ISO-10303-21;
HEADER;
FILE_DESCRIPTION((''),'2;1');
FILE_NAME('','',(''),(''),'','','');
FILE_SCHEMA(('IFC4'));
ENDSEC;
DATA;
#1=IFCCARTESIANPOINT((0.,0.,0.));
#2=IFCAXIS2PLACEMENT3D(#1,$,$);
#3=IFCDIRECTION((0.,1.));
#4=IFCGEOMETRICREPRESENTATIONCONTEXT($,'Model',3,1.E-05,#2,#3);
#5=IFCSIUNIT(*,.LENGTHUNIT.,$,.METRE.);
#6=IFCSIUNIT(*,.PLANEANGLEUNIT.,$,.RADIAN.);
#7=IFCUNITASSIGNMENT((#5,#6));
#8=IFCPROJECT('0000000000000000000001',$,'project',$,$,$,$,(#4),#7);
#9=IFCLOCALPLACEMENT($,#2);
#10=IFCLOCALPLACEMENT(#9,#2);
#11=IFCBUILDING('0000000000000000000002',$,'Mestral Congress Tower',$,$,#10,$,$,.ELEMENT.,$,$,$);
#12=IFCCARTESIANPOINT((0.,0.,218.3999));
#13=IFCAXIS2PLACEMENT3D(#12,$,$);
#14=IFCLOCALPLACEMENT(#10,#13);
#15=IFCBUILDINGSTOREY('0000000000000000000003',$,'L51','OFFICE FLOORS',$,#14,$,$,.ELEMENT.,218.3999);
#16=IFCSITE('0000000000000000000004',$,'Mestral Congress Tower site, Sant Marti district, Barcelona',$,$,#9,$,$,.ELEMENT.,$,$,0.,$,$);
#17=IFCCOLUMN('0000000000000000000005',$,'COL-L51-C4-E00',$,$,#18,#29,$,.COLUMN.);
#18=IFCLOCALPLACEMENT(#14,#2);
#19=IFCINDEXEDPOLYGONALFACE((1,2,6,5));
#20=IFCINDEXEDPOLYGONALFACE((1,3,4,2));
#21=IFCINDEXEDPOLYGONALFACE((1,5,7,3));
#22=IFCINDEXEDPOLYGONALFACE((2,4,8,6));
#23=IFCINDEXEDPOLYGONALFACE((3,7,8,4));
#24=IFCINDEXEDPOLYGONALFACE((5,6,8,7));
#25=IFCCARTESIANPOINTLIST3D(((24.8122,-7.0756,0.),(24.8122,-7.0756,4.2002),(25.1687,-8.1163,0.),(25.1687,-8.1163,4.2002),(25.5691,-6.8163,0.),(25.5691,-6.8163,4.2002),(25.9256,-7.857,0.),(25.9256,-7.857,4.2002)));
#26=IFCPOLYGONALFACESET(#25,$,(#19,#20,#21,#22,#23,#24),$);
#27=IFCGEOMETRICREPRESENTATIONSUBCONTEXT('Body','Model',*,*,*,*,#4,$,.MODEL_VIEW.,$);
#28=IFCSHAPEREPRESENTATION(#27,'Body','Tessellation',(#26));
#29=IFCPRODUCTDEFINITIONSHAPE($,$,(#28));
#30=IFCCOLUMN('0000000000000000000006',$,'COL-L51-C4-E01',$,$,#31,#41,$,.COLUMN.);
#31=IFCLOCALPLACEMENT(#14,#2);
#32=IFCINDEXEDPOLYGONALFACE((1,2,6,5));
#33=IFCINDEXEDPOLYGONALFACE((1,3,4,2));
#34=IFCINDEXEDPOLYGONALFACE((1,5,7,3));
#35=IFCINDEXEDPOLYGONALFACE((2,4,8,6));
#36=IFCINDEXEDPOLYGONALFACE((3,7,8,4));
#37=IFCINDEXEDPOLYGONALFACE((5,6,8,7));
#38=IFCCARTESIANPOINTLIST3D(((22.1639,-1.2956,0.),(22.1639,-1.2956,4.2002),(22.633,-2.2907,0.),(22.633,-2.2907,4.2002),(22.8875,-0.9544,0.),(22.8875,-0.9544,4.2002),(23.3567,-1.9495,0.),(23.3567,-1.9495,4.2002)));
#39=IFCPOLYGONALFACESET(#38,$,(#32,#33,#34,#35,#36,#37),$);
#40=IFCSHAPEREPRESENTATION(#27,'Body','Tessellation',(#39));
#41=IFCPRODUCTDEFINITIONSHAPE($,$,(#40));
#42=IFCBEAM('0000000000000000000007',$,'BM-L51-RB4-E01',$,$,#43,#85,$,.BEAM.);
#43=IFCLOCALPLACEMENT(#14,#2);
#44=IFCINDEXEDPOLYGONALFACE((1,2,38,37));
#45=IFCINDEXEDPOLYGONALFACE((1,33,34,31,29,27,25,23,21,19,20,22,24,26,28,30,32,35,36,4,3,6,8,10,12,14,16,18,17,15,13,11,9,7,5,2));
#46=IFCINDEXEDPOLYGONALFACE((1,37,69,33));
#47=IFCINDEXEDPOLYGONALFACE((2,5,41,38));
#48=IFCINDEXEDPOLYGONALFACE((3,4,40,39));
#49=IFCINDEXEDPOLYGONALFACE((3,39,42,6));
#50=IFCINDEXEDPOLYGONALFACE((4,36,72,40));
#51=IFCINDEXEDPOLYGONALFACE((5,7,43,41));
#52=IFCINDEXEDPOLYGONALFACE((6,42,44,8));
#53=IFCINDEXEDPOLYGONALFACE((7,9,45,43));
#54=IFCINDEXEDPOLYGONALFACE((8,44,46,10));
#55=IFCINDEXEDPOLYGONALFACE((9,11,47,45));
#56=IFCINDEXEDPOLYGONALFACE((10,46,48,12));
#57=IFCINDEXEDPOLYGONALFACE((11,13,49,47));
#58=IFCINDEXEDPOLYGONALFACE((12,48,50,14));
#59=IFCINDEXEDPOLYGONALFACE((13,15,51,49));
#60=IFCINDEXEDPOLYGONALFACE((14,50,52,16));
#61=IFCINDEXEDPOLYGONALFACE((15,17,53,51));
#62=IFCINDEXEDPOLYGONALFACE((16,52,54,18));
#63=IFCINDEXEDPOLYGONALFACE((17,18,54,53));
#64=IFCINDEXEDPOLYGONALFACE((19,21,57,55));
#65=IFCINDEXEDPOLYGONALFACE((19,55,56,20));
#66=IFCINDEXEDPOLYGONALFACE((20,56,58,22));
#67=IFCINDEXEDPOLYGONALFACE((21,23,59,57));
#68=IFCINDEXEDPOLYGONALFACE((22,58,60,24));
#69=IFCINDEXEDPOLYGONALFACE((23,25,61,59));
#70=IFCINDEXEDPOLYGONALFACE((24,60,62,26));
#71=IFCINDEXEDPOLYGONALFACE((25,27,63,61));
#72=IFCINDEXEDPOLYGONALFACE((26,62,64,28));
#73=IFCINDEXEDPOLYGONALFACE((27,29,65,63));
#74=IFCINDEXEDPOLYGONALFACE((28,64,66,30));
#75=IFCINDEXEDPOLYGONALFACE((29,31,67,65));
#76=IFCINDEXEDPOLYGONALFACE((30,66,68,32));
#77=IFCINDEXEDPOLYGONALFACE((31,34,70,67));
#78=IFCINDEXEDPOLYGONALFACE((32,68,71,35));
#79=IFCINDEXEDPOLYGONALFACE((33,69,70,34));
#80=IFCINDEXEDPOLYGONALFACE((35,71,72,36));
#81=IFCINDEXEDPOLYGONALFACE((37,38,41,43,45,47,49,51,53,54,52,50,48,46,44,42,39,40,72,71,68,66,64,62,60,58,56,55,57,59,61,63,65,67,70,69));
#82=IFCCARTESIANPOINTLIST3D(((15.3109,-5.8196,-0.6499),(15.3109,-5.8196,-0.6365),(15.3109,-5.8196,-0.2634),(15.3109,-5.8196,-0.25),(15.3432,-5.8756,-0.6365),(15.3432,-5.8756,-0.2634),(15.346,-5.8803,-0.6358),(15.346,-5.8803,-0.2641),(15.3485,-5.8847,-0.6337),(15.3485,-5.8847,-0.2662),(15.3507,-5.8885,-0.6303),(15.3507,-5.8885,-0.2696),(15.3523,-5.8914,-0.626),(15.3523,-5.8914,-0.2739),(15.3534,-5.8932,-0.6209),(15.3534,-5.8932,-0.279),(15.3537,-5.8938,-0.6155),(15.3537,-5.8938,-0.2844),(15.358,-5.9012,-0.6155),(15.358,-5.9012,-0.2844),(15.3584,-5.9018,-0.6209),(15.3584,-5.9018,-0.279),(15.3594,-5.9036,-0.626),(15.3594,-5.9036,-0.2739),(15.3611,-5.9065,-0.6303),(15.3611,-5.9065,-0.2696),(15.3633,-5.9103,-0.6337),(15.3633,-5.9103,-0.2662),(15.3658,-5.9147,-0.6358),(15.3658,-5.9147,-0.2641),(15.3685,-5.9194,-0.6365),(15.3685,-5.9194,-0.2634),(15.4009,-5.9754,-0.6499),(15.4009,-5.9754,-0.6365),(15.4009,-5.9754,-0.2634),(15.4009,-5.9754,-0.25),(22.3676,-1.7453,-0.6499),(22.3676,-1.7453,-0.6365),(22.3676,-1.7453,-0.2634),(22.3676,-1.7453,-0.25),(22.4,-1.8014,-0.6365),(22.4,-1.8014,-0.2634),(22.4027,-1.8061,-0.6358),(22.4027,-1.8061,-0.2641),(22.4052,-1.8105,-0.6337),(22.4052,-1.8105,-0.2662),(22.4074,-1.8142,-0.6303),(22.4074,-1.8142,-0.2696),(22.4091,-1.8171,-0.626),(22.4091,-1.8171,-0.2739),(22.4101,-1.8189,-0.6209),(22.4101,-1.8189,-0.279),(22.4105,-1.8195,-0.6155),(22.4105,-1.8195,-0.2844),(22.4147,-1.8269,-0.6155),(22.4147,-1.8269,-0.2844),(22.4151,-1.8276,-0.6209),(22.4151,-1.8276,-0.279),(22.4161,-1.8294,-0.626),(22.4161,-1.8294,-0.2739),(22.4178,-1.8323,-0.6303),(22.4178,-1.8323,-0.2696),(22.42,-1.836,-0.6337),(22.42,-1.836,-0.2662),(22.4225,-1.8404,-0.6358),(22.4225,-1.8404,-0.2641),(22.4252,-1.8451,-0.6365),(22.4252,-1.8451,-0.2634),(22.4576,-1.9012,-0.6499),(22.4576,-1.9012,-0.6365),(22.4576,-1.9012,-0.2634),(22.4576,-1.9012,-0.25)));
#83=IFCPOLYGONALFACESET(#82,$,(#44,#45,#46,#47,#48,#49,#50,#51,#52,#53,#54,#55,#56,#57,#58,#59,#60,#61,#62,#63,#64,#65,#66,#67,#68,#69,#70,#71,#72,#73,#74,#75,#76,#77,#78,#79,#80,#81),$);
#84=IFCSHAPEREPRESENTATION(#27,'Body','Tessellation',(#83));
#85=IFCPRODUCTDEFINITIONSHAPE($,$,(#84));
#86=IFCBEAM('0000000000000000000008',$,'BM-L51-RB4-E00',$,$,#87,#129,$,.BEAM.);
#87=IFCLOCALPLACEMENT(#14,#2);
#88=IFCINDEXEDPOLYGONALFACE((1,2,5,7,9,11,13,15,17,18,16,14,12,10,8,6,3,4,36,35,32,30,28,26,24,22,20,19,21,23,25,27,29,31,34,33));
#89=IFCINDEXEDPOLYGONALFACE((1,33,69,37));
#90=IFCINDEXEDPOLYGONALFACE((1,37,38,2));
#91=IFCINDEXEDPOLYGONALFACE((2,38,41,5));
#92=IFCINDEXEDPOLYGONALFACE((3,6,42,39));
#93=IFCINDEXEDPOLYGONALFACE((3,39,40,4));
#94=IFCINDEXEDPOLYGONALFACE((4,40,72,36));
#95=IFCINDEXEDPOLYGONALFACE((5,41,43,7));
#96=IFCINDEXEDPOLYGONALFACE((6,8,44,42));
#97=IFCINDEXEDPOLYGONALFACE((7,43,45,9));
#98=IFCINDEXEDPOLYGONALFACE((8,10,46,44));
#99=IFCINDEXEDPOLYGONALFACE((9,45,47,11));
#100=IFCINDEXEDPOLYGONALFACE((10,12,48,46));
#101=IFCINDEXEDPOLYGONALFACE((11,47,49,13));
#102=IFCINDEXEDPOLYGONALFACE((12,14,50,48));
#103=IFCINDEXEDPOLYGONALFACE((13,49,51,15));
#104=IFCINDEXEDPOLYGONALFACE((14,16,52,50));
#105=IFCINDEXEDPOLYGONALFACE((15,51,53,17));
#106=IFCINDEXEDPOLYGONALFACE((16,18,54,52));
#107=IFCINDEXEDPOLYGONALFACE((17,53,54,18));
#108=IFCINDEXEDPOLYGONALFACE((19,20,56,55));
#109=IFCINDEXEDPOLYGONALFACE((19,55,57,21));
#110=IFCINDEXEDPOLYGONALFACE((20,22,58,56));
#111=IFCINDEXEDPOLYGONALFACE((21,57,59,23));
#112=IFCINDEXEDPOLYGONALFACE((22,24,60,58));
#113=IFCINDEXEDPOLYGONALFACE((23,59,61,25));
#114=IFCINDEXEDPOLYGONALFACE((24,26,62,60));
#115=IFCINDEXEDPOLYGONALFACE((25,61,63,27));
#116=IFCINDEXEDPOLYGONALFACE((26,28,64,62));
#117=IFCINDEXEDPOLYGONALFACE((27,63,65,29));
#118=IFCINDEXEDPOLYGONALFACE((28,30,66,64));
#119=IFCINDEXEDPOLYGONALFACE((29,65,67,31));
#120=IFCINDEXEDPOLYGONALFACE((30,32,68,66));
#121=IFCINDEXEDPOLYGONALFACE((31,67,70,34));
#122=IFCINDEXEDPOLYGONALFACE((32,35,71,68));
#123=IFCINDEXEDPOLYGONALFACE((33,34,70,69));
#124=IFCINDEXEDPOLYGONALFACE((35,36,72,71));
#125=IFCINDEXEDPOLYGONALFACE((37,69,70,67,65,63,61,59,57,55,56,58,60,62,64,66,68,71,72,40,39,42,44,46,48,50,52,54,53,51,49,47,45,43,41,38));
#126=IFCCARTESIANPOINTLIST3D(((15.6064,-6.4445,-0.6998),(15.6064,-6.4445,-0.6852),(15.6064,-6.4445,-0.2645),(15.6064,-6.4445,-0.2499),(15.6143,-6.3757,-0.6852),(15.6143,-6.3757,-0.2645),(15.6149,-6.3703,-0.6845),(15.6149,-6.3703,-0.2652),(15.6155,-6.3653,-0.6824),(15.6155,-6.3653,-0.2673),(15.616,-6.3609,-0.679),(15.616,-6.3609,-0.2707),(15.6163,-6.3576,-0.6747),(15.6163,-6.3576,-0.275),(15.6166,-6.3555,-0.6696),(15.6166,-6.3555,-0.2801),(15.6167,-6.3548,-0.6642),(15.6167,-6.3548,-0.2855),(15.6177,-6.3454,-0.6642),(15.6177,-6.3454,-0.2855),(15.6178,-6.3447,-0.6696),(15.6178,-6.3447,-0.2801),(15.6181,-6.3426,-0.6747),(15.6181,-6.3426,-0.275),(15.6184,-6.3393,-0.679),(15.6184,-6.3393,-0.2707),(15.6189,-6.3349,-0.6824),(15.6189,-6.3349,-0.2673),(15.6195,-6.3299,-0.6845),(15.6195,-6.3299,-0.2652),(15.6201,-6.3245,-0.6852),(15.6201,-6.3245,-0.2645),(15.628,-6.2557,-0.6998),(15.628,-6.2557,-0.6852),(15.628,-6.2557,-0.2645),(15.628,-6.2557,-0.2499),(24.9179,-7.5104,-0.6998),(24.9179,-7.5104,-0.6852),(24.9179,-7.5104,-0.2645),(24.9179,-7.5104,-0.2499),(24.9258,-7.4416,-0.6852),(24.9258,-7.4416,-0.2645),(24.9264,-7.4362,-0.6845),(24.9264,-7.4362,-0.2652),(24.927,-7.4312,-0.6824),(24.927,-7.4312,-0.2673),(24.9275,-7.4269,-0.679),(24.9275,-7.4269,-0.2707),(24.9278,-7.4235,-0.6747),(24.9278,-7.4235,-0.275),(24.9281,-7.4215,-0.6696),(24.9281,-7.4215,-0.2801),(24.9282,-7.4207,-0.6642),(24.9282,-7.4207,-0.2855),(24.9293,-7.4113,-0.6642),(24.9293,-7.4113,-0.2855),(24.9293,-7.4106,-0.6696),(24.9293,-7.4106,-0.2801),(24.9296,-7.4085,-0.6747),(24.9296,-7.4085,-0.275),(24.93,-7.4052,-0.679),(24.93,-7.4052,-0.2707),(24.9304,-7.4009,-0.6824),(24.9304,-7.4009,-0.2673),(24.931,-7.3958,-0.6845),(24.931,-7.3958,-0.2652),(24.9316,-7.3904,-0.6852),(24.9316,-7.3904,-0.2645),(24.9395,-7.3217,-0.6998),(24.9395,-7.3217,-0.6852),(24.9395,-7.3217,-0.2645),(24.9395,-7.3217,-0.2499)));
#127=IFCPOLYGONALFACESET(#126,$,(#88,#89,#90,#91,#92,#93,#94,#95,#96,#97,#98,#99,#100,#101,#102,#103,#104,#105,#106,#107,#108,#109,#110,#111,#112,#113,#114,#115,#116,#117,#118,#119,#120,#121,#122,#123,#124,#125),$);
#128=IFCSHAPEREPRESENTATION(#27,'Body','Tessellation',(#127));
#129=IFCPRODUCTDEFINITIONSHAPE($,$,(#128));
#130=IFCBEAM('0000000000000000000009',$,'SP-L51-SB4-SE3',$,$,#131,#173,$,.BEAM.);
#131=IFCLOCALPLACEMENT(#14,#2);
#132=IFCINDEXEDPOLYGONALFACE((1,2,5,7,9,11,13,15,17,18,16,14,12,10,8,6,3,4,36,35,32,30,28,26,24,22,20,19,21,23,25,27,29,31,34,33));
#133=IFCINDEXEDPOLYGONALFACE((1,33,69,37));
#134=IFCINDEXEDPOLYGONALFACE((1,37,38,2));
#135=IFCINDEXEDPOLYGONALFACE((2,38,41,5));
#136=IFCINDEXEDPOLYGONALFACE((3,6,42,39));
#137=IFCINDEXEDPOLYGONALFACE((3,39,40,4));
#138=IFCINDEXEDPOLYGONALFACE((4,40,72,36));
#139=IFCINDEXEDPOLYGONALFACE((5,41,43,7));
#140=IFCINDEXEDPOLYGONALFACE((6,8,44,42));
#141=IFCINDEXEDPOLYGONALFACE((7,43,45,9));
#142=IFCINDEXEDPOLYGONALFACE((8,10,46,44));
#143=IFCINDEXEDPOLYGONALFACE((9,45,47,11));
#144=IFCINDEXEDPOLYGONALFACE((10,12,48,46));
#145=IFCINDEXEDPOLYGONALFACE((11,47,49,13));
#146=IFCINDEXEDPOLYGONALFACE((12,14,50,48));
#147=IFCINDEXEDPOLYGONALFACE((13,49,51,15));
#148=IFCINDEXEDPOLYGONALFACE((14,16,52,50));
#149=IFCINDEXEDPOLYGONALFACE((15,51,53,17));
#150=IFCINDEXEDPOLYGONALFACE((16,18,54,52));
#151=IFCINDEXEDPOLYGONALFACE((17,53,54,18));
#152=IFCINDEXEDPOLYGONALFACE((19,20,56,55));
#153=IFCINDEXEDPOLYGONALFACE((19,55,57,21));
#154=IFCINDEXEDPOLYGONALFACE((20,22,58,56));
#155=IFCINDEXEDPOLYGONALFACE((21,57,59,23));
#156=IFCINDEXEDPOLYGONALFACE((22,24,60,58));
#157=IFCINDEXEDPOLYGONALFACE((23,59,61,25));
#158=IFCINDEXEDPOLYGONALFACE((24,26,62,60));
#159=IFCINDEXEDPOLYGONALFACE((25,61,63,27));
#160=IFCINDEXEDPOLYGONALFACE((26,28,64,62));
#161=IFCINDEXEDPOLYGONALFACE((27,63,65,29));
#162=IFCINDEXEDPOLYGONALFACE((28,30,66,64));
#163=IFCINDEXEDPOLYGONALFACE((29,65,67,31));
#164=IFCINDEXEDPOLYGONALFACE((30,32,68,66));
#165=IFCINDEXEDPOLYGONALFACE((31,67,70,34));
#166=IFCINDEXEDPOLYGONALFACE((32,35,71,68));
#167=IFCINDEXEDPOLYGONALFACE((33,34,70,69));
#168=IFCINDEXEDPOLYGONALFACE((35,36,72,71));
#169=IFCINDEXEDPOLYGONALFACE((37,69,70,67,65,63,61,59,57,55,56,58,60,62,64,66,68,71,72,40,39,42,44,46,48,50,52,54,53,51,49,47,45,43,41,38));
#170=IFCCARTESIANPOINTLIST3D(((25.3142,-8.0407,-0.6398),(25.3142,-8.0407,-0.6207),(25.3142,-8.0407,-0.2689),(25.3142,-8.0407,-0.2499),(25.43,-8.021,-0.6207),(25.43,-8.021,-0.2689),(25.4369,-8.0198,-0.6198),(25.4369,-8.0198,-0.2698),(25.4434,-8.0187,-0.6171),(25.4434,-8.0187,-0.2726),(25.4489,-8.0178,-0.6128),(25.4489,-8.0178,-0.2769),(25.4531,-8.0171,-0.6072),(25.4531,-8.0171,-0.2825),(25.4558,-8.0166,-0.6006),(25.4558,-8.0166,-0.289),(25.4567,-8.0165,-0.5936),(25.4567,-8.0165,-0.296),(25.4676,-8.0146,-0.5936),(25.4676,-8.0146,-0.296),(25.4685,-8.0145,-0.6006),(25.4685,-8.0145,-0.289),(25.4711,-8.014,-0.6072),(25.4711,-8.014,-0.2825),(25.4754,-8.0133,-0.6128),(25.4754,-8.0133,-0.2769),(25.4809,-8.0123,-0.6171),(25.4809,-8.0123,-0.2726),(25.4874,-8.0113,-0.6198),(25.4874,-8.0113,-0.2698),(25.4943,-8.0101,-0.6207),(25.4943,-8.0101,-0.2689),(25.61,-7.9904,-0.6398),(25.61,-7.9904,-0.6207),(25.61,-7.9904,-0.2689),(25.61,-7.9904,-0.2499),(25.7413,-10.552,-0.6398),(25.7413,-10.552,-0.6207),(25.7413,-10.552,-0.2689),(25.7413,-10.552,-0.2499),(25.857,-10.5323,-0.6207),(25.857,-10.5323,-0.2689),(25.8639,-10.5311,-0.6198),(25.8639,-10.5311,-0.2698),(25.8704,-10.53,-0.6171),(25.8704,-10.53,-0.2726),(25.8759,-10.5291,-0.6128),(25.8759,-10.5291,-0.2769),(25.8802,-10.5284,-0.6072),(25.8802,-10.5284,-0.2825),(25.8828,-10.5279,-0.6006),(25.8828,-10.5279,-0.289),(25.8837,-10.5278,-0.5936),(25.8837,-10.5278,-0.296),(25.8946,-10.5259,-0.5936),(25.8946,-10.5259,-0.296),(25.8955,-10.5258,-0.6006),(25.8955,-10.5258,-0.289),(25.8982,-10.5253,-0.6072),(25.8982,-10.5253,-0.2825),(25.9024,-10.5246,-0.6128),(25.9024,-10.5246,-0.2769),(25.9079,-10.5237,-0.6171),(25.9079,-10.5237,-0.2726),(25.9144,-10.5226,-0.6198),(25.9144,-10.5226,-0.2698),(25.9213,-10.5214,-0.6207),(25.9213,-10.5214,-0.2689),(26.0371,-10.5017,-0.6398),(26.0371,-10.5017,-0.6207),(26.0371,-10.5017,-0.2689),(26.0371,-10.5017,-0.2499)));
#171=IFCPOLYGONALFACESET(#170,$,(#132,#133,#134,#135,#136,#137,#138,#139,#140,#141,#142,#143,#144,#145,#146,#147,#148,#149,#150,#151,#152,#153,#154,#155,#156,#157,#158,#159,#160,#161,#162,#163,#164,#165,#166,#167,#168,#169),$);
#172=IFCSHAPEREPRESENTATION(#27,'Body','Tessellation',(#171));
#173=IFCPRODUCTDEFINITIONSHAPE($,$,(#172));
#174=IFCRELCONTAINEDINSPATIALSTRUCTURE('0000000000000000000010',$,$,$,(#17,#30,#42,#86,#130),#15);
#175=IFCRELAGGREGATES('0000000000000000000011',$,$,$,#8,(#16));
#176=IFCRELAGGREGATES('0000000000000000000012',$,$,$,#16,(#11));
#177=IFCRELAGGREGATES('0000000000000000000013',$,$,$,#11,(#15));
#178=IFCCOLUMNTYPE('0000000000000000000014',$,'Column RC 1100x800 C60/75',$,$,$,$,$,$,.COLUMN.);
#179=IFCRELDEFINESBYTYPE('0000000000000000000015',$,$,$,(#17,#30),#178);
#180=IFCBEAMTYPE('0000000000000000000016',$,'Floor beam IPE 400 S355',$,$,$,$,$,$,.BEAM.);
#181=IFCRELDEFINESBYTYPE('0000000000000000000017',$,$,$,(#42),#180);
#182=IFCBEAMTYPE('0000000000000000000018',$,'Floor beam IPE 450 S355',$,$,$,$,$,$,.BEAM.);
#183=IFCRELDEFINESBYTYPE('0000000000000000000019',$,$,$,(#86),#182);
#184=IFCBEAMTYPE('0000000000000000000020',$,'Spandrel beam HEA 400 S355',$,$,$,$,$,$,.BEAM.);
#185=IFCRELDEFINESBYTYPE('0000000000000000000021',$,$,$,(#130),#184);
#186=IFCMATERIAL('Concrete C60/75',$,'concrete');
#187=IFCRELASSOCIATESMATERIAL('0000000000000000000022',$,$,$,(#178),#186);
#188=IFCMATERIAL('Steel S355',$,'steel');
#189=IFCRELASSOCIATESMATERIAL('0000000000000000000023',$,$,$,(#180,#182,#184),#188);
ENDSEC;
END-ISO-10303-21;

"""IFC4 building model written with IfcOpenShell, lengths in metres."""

from ifc_helpers import new_model, si_unit, direction, frame, origin, origin_2d, place, context, subcontext, project, spatial, rectangle, i_section, extrude, material, material_profile, profile_set, type_object, element, save


model = new_model("IFC4")

# Units and contexts
model_context = context("Model", 3, precision=1e-05, world=origin(), true_north=direction((0.0, 1.0)))
body_context = subcontext(model_context, "Body", "Model", "MODEL_VIEW")
ifc_project = project(units=[si_unit("LENGTHUNIT", "METRE"), si_unit("PLANEANGLEUNIT", "RADIAN")], contexts=[model_context])

# Site, building, storey
site_placement = place(None, origin())
site = spatial("IfcSite", under=ifc_project, at=site_placement, Name="Mestral Congress Tower site, Sant Marti district, Barcelona", CompositionType="ELEMENT", RefElevation=0.0)
building_placement = place(site_placement, origin())
building = spatial("IfcBuilding", under=site, at=building_placement, Name="Mestral Congress Tower", CompositionType="ELEMENT")
storey_placement = place(building_placement, frame((0.0, 0.0, 218.3999)))
storey = spatial("IfcBuildingStorey", under=building, at=storey_placement, Name="L51", Description="OFFICE FLOORS", CompositionType="ELEMENT", Elevation=218.3999)

# Columns
ifc_material_1 = material(Name="Concrete C60/75", Category="concrete")
ifc_material_profile_1 = material_profile(ifc_material_1, rectangle(XDim=1.1001, YDim=0.8, at=origin_2d()), Name="RC 1100x800")
ifc_profile_set_1 = profile_set([ifc_material_profile_1], Name="Concrete C60/75")
column_type = type_object("IfcColumnType", Name="Column RC 1100x800 C60/75", PredefinedType="COLUMN", material=ifc_profile_set_1)
for number, where, z_axis, x_axis, name in (
    (1, (25.3689, -7.4663, 0.0), (0.0, 0.0, 1.0), (-0.324074, 0.946032, 0.0), "COL-L51-C4-E00"),
    (2, (22.7603, -1.6226, 0.0), (0.0, 0.0, 1.0), (-0.426472, 0.904501, 0.0), "COL-L51-C4-E01"),
):
    element("IfcColumn", number, at=place(storey_placement, frame(where, z_axis=z_axis, x_axis=x_axis)), inside=storey, type_object=column_type, Name=name, PredefinedType="COLUMN", context=body_context, shape_type="SweptSolid", body=[
        extrude(rectangle(XDim=1.1001, YDim=0.8, at=origin_2d()), origin(), (0.0, 0.0, 1.0), 4.2002),
    ])

# Beams
ifc_material_2 = material(Name="Steel S355", Category="steel")
ifc_material_profile_2 = material_profile(ifc_material_2, i_section(OverallWidth=0.1799, OverallDepth=0.3999, WebThickness=0.0085, FlangeThickness=0.0134, FilletRadius=0.021, at=origin_2d()), Name="IPE 400")
ifc_profile_set_2 = profile_set([ifc_material_profile_2], Name="Steel S355")
beam_type_1 = type_object("IfcBeamType", Name="Floor beam IPE 400 S355", PredefinedType="BEAM", material=ifc_profile_set_2)
beam_1_placement = place(storey_placement, frame((22.4126, -1.8232, -0.45), z_axis=(-0.866022, -0.500006, 0.0), x_axis=(0.500006, -0.866022, 0.0)))
element("IfcBeam", 3, at=beam_1_placement, inside=storey, type_object=beam_type_1, Name="BM-L51-RB4-E01", PredefinedType="BEAM", context=body_context, shape_type="SweptSolid", body=[
    extrude(i_section(OverallWidth=0.1799, OverallDepth=0.3999, WebThickness=0.0085, FlangeThickness=0.0134, FilletRadius=0.021, at=origin_2d()), origin(), (0.0, 0.0, 1.0), 8.1484),
])
ifc_material_profile_3 = material_profile(ifc_material_2, i_section(OverallWidth=0.1899, OverallDepth=0.45, WebThickness=0.0095, FlangeThickness=0.0146, FilletRadius=0.021, at=origin_2d()), Name="IPE 450")
ifc_profile_set_3 = profile_set([ifc_material_profile_3], Name="Steel S355")
beam_type_2 = type_object("IfcBeamType", Name="Floor beam IPE 450 S355", PredefinedType="BEAM", material=ifc_profile_set_3)
beam_2_placement = place(storey_placement, frame((24.9287, -7.416, -0.4749), z_axis=(-0.993512, 0.11373, 0.0), x_axis=(-0.11373, -0.993512, 0.0)))
element("IfcBeam", 4, at=beam_2_placement, inside=storey, type_object=beam_type_2, Name="BM-L51-RB4-E00", PredefinedType="BEAM", context=body_context, shape_type="SweptSolid", body=[
    extrude(i_section(OverallWidth=0.1899, OverallDepth=0.45, WebThickness=0.0095, FlangeThickness=0.0146, FilletRadius=0.021, at=origin_2d()), origin(), (0.0, 0.0, 1.0), 9.3723),
])
ifc_material_profile_4 = material_profile(ifc_material_2, i_section(OverallWidth=0.3, OverallDepth=0.3899, WebThickness=0.011, FlangeThickness=0.019, FilletRadius=0.0271, at=origin_2d()), Name="HEA 400")
ifc_profile_set_4 = profile_set([ifc_material_profile_4], Name="Steel S355")
beam_type_3 = type_object("IfcBeamType", Name="Spandrel beam HEA 400 S355", PredefinedType="BEAM", material=ifc_profile_set_4)
beam_3_placement = place(storey_placement, frame((25.8892, -10.5269, -0.4448), z_axis=(-0.167631, 0.98585, 0.0), x_axis=(-0.98585, -0.167631, 0.0)))
element("IfcBeam", 5, at=beam_3_placement, inside=storey, type_object=beam_type_3, Name="SP-L51-SB4-SE3", PredefinedType="BEAM", context=body_context, shape_type="SweptSolid", body=[
    extrude(i_section(OverallWidth=0.3, OverallDepth=0.3899, WebThickness=0.011, FlangeThickness=0.019, FilletRadius=0.0271, at=origin_2d()), origin(), (0.0, 0.0, 1.0), 2.5474),
])

save(model, "model.ifc")
